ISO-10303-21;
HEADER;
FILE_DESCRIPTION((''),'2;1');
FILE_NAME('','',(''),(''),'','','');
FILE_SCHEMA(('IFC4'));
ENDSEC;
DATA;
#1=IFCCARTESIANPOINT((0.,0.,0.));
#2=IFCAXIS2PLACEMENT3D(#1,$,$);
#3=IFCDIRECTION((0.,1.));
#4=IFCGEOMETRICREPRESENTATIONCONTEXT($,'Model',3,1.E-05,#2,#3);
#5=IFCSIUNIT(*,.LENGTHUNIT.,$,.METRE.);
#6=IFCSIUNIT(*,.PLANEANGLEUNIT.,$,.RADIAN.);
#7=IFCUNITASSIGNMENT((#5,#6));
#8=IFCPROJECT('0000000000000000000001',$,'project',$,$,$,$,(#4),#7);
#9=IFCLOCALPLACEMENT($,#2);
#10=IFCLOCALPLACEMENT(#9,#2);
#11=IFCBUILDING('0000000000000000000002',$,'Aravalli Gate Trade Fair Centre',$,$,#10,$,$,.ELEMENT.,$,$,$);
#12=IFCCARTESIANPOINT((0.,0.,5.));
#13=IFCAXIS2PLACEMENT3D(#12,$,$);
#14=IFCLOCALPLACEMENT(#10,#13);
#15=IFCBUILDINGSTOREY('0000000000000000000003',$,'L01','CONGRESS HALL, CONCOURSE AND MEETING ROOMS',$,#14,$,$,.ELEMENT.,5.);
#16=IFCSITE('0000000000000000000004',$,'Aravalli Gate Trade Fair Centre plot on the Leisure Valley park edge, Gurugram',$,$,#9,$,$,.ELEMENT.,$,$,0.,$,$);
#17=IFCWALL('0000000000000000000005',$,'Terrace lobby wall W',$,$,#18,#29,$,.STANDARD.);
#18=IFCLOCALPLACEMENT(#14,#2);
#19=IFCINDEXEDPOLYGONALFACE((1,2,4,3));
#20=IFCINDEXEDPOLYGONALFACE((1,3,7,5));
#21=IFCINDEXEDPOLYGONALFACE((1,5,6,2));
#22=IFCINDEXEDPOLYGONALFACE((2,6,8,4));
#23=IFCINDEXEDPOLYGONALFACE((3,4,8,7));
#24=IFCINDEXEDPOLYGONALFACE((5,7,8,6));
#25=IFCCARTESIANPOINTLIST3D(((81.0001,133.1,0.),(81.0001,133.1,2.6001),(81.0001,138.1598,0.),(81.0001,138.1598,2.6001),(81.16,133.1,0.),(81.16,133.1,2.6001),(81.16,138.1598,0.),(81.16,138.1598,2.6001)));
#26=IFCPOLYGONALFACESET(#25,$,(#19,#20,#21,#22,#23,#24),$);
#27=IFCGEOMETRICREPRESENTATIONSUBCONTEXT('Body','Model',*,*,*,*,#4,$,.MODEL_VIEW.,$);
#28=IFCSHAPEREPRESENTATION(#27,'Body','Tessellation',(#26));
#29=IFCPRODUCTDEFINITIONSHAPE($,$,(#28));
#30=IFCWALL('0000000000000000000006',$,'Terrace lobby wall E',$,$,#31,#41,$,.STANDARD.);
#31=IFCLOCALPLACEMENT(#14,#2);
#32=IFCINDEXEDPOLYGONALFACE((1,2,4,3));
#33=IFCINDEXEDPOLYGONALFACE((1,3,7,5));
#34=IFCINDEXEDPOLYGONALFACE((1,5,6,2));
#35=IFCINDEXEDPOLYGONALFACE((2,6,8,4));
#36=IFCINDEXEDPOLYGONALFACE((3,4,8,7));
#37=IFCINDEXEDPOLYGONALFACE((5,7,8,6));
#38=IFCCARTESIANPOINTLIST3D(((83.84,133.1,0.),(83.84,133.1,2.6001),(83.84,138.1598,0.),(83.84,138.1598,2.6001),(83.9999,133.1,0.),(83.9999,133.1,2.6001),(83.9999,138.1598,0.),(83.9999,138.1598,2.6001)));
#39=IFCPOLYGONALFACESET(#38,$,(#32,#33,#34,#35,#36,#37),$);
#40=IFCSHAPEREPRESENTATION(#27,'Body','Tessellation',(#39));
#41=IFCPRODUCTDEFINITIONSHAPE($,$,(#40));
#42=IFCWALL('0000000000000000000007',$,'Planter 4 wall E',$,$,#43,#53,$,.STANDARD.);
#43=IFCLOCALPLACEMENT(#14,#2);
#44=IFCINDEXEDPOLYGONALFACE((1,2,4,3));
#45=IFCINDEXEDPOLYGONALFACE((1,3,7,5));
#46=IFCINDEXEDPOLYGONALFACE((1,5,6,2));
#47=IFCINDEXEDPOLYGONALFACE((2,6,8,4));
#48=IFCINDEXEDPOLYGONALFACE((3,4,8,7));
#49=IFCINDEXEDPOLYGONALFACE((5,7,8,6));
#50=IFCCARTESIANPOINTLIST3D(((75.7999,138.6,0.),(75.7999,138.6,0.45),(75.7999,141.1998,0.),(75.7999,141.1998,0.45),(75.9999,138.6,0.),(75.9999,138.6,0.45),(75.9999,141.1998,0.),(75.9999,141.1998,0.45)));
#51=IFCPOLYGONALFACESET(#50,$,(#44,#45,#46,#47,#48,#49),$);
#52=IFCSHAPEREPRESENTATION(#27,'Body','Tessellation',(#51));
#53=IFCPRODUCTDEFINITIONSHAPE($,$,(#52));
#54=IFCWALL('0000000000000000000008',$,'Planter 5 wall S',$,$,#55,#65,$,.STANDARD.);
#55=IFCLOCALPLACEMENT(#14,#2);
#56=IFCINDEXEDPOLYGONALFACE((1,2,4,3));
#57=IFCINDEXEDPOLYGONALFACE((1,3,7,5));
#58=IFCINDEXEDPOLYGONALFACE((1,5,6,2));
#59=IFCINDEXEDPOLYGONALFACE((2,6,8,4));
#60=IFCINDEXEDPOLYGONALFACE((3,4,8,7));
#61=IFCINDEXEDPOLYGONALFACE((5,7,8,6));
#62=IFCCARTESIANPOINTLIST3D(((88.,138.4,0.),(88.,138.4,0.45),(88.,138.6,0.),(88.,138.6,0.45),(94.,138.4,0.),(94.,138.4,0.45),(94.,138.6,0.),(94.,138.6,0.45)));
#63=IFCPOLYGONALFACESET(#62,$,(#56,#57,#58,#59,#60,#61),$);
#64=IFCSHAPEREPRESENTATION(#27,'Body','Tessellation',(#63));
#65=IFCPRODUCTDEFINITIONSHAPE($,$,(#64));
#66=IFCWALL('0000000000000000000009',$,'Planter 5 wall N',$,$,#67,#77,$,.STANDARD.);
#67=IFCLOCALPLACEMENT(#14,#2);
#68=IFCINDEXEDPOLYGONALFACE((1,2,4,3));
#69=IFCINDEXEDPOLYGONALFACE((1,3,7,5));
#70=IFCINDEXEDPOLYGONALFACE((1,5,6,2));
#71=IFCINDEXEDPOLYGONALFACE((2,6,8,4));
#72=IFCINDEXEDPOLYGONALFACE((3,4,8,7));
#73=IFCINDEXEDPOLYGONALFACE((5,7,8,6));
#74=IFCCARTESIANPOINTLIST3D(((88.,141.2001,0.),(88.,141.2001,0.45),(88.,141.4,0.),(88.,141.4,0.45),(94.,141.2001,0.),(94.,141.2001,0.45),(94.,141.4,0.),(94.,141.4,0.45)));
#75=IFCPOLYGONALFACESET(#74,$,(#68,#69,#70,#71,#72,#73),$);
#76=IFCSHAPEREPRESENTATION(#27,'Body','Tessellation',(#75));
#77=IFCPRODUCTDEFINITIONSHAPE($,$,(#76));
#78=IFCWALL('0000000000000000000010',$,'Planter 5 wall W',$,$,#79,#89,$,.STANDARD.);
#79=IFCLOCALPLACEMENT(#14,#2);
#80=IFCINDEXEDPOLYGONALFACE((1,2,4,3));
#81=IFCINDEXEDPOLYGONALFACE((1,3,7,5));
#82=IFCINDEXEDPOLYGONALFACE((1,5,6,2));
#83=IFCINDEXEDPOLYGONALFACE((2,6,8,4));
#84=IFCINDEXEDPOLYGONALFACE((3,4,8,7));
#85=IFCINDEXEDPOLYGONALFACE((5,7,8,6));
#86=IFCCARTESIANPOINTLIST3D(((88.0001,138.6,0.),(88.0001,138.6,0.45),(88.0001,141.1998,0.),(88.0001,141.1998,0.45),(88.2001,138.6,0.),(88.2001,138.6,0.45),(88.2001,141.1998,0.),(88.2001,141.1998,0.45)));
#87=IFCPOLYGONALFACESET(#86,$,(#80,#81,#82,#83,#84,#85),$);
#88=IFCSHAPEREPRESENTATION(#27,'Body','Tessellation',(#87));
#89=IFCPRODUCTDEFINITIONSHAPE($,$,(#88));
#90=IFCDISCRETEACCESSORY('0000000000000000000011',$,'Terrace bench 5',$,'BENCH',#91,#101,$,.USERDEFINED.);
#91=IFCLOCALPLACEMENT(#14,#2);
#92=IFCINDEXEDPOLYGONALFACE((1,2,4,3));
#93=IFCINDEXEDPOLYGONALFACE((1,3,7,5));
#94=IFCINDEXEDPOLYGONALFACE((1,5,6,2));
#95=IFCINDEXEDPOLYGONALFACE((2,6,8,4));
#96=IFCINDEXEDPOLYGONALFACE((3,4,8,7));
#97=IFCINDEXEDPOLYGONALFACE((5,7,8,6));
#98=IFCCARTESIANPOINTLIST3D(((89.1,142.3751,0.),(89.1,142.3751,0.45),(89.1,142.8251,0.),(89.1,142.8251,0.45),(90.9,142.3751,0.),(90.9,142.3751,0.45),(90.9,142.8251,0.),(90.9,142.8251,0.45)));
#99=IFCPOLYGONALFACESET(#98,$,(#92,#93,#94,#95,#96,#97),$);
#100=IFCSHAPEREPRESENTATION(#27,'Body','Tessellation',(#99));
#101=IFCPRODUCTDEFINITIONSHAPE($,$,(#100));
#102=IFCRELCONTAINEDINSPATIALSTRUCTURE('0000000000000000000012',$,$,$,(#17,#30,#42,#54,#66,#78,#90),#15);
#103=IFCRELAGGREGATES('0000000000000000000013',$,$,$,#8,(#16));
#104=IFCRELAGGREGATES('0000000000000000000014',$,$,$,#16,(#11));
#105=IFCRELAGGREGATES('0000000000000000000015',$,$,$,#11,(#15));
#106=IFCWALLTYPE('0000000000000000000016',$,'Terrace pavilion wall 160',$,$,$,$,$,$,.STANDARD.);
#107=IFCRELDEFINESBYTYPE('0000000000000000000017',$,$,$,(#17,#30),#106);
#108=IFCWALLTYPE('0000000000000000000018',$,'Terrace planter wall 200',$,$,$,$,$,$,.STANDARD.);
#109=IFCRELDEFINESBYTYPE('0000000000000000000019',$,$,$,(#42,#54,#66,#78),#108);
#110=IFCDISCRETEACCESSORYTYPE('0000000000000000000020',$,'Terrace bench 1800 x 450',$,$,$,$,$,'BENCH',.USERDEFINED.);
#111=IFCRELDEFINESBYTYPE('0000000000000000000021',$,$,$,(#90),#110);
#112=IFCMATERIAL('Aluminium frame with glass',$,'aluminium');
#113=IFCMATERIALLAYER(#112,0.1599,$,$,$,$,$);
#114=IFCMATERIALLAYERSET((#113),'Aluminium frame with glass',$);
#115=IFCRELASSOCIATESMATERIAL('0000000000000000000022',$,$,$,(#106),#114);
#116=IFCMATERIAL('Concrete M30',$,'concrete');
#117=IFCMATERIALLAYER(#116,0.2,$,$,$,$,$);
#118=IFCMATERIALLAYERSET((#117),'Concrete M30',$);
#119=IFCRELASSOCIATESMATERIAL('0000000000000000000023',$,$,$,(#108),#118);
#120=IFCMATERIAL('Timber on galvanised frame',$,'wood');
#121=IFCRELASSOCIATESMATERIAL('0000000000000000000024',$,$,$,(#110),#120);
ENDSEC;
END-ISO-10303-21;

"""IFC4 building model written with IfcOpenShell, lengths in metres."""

from ifc_helpers import new_model, si_unit, direction, frame, frame_2d, origin, origin_2d, place, context, subcontext, project, spatial, rectangle, extrude, material, layer, layer_set, type_object, element, save


model = new_model("IFC4")

# Units and contexts
model_context = context("Model", 3, precision=1e-05, world=origin(), true_north=direction((0.0, 1.0)))
body_context = subcontext(model_context, "Body", "Model", "MODEL_VIEW")
ifc_project = project(units=[si_unit("LENGTHUNIT", "METRE"), si_unit("PLANEANGLEUNIT", "RADIAN")], contexts=[model_context])

# Site, building, storey
site_placement = place(None, origin())
site = spatial("IfcSite", under=ifc_project, at=site_placement, Name="Aravalli Gate Trade Fair Centre plot on the Leisure Valley park edge, Gurugram", CompositionType="ELEMENT", RefElevation=0.0)
building_placement = place(site_placement, origin())
building = spatial("IfcBuilding", under=site, at=building_placement, Name="Aravalli Gate Trade Fair Centre", CompositionType="ELEMENT")
storey_placement = place(building_placement, frame((0.0, 0.0, 5.0)))
storey = spatial("IfcBuildingStorey", under=building, at=storey_placement, Name="L01", Description="CONGRESS HALL, CONCOURSE AND MEETING ROOMS", CompositionType="ELEMENT", Elevation=5.0)

# Walls
ifc_material_1 = material(Name="Aluminium frame with glass", Category="aluminium")
ifc_layer_1 = layer(ifc_material_1, 0.1599)
ifc_layer_set_1 = layer_set([ifc_layer_1], Name="Aluminium frame with glass")
wall_type_1 = type_object("IfcWallType", Name="Terrace pavilion wall 160", PredefinedType="STANDARD", material=ifc_layer_set_1)
for number, where, z_axis, x_axis, name in (
    (1, (81.0801, 133.1001, 0.0), (0.0, 0.0, 1.0), (0.0, 1.0, 0.0), "Terrace lobby wall W"),
    (2, (83.9199, 133.1001, 0.0), (0.0, 0.0, 1.0), (0.0, 1.0, 0.0), "Terrace lobby wall E"),
):
    element("IfcWall", number, at=place(storey_placement, frame(where, z_axis=z_axis, x_axis=x_axis)), inside=storey, type_object=wall_type_1, Name=name, PredefinedType="STANDARD", context=body_context, shape_type="SweptSolid", body=[
        extrude(rectangle(XDim=5.0598, YDim=0.1599, at=frame_2d((2.5298, 0.0))), origin(), (0.0, 0.0, 1.0), 2.6001),
    ])

# Walls
ifc_material_2 = material(Name="Concrete M30", Category="concrete")
ifc_layer_2 = layer(ifc_material_2, 0.2)
ifc_layer_set_2 = layer_set([ifc_layer_2], Name="Concrete M30")
wall_type_2 = type_object("IfcWallType", Name="Terrace planter wall 200", PredefinedType="STANDARD", material=ifc_layer_set_2)
wall_1_placement = place(storey_placement, frame((75.8999, 138.6001, 0.0), z_axis=(0.0, 0.0, 1.0), x_axis=(0.0, 1.0, 0.0)))
element("IfcWall", 3, at=wall_1_placement, inside=storey, type_object=wall_type_2, Name="Planter 4 wall E", PredefinedType="STANDARD", context=body_context, shape_type="SweptSolid", body=[
    extrude(rectangle(XDim=2.5999, YDim=0.2, at=frame_2d((1.2998, 0.0))), origin(), (0.0, 0.0, 1.0), 0.45),
])
for number, where, z_axis, x_axis, name in (
    (4, (88.0, 138.5, 0.0), (0.0, 0.0, 1.0), (1.0, 0.0, 0.0), "Planter 5 wall S"),
    (5, (88.0, 141.3, 0.0), (0.0, 0.0, 1.0), (1.0, 0.0, 0.0), "Planter 5 wall N"),
):
    element("IfcWall", number, at=place(storey_placement, frame(where, z_axis=z_axis, x_axis=x_axis)), inside=storey, type_object=wall_type_2, Name=name, PredefinedType="STANDARD", context=body_context, shape_type="SweptSolid", body=[
        extrude(rectangle(XDim=6.0, YDim=0.2, at=frame_2d((3.0, 0.0))), origin(), (0.0, 0.0, 1.0), 0.45),
    ])
wall_2_placement = place(storey_placement, frame((88.1001, 138.6001, 0.0), z_axis=(0.0, 0.0, 1.0), x_axis=(0.0, 1.0, 0.0)))
element("IfcWall", 6, at=wall_2_placement, inside=storey, type_object=wall_type_2, Name="Planter 5 wall W", PredefinedType="STANDARD", context=body_context, shape_type="SweptSolid", body=[
    extrude(rectangle(XDim=2.5999, YDim=0.2, at=frame_2d((1.2998, 0.0))), origin(), (0.0, 0.0, 1.0), 0.45),
])

# Discrete accessory
ifc_material_3 = material(Name="Timber on galvanised frame", Category="wood")
discrete_accessory_type = type_object("IfcDiscreteAccessoryType", Name="Terrace bench 1800 x 450", ElementType="BENCH", PredefinedType="USERDEFINED", material=ifc_material_3)
discrete_accessory_placement = place(storey_placement, frame((90.0, 142.6001, 0.0), z_axis=(0.0, 0.0, 1.0), x_axis=(1.0, 0.0, 0.0)))
element("IfcDiscreteAccessory", 7, at=discrete_accessory_placement, inside=storey, type_object=discrete_accessory_type, Name="Terrace bench 5", ObjectType="BENCH", PredefinedType="USERDEFINED", context=body_context, shape_type="SweptSolid", body=[
    extrude(rectangle(XDim=1.8, YDim=0.45, at=origin_2d()), origin(), (0.0, 0.0, 1.0), 0.45),
])

save(model, "model.ifc")
